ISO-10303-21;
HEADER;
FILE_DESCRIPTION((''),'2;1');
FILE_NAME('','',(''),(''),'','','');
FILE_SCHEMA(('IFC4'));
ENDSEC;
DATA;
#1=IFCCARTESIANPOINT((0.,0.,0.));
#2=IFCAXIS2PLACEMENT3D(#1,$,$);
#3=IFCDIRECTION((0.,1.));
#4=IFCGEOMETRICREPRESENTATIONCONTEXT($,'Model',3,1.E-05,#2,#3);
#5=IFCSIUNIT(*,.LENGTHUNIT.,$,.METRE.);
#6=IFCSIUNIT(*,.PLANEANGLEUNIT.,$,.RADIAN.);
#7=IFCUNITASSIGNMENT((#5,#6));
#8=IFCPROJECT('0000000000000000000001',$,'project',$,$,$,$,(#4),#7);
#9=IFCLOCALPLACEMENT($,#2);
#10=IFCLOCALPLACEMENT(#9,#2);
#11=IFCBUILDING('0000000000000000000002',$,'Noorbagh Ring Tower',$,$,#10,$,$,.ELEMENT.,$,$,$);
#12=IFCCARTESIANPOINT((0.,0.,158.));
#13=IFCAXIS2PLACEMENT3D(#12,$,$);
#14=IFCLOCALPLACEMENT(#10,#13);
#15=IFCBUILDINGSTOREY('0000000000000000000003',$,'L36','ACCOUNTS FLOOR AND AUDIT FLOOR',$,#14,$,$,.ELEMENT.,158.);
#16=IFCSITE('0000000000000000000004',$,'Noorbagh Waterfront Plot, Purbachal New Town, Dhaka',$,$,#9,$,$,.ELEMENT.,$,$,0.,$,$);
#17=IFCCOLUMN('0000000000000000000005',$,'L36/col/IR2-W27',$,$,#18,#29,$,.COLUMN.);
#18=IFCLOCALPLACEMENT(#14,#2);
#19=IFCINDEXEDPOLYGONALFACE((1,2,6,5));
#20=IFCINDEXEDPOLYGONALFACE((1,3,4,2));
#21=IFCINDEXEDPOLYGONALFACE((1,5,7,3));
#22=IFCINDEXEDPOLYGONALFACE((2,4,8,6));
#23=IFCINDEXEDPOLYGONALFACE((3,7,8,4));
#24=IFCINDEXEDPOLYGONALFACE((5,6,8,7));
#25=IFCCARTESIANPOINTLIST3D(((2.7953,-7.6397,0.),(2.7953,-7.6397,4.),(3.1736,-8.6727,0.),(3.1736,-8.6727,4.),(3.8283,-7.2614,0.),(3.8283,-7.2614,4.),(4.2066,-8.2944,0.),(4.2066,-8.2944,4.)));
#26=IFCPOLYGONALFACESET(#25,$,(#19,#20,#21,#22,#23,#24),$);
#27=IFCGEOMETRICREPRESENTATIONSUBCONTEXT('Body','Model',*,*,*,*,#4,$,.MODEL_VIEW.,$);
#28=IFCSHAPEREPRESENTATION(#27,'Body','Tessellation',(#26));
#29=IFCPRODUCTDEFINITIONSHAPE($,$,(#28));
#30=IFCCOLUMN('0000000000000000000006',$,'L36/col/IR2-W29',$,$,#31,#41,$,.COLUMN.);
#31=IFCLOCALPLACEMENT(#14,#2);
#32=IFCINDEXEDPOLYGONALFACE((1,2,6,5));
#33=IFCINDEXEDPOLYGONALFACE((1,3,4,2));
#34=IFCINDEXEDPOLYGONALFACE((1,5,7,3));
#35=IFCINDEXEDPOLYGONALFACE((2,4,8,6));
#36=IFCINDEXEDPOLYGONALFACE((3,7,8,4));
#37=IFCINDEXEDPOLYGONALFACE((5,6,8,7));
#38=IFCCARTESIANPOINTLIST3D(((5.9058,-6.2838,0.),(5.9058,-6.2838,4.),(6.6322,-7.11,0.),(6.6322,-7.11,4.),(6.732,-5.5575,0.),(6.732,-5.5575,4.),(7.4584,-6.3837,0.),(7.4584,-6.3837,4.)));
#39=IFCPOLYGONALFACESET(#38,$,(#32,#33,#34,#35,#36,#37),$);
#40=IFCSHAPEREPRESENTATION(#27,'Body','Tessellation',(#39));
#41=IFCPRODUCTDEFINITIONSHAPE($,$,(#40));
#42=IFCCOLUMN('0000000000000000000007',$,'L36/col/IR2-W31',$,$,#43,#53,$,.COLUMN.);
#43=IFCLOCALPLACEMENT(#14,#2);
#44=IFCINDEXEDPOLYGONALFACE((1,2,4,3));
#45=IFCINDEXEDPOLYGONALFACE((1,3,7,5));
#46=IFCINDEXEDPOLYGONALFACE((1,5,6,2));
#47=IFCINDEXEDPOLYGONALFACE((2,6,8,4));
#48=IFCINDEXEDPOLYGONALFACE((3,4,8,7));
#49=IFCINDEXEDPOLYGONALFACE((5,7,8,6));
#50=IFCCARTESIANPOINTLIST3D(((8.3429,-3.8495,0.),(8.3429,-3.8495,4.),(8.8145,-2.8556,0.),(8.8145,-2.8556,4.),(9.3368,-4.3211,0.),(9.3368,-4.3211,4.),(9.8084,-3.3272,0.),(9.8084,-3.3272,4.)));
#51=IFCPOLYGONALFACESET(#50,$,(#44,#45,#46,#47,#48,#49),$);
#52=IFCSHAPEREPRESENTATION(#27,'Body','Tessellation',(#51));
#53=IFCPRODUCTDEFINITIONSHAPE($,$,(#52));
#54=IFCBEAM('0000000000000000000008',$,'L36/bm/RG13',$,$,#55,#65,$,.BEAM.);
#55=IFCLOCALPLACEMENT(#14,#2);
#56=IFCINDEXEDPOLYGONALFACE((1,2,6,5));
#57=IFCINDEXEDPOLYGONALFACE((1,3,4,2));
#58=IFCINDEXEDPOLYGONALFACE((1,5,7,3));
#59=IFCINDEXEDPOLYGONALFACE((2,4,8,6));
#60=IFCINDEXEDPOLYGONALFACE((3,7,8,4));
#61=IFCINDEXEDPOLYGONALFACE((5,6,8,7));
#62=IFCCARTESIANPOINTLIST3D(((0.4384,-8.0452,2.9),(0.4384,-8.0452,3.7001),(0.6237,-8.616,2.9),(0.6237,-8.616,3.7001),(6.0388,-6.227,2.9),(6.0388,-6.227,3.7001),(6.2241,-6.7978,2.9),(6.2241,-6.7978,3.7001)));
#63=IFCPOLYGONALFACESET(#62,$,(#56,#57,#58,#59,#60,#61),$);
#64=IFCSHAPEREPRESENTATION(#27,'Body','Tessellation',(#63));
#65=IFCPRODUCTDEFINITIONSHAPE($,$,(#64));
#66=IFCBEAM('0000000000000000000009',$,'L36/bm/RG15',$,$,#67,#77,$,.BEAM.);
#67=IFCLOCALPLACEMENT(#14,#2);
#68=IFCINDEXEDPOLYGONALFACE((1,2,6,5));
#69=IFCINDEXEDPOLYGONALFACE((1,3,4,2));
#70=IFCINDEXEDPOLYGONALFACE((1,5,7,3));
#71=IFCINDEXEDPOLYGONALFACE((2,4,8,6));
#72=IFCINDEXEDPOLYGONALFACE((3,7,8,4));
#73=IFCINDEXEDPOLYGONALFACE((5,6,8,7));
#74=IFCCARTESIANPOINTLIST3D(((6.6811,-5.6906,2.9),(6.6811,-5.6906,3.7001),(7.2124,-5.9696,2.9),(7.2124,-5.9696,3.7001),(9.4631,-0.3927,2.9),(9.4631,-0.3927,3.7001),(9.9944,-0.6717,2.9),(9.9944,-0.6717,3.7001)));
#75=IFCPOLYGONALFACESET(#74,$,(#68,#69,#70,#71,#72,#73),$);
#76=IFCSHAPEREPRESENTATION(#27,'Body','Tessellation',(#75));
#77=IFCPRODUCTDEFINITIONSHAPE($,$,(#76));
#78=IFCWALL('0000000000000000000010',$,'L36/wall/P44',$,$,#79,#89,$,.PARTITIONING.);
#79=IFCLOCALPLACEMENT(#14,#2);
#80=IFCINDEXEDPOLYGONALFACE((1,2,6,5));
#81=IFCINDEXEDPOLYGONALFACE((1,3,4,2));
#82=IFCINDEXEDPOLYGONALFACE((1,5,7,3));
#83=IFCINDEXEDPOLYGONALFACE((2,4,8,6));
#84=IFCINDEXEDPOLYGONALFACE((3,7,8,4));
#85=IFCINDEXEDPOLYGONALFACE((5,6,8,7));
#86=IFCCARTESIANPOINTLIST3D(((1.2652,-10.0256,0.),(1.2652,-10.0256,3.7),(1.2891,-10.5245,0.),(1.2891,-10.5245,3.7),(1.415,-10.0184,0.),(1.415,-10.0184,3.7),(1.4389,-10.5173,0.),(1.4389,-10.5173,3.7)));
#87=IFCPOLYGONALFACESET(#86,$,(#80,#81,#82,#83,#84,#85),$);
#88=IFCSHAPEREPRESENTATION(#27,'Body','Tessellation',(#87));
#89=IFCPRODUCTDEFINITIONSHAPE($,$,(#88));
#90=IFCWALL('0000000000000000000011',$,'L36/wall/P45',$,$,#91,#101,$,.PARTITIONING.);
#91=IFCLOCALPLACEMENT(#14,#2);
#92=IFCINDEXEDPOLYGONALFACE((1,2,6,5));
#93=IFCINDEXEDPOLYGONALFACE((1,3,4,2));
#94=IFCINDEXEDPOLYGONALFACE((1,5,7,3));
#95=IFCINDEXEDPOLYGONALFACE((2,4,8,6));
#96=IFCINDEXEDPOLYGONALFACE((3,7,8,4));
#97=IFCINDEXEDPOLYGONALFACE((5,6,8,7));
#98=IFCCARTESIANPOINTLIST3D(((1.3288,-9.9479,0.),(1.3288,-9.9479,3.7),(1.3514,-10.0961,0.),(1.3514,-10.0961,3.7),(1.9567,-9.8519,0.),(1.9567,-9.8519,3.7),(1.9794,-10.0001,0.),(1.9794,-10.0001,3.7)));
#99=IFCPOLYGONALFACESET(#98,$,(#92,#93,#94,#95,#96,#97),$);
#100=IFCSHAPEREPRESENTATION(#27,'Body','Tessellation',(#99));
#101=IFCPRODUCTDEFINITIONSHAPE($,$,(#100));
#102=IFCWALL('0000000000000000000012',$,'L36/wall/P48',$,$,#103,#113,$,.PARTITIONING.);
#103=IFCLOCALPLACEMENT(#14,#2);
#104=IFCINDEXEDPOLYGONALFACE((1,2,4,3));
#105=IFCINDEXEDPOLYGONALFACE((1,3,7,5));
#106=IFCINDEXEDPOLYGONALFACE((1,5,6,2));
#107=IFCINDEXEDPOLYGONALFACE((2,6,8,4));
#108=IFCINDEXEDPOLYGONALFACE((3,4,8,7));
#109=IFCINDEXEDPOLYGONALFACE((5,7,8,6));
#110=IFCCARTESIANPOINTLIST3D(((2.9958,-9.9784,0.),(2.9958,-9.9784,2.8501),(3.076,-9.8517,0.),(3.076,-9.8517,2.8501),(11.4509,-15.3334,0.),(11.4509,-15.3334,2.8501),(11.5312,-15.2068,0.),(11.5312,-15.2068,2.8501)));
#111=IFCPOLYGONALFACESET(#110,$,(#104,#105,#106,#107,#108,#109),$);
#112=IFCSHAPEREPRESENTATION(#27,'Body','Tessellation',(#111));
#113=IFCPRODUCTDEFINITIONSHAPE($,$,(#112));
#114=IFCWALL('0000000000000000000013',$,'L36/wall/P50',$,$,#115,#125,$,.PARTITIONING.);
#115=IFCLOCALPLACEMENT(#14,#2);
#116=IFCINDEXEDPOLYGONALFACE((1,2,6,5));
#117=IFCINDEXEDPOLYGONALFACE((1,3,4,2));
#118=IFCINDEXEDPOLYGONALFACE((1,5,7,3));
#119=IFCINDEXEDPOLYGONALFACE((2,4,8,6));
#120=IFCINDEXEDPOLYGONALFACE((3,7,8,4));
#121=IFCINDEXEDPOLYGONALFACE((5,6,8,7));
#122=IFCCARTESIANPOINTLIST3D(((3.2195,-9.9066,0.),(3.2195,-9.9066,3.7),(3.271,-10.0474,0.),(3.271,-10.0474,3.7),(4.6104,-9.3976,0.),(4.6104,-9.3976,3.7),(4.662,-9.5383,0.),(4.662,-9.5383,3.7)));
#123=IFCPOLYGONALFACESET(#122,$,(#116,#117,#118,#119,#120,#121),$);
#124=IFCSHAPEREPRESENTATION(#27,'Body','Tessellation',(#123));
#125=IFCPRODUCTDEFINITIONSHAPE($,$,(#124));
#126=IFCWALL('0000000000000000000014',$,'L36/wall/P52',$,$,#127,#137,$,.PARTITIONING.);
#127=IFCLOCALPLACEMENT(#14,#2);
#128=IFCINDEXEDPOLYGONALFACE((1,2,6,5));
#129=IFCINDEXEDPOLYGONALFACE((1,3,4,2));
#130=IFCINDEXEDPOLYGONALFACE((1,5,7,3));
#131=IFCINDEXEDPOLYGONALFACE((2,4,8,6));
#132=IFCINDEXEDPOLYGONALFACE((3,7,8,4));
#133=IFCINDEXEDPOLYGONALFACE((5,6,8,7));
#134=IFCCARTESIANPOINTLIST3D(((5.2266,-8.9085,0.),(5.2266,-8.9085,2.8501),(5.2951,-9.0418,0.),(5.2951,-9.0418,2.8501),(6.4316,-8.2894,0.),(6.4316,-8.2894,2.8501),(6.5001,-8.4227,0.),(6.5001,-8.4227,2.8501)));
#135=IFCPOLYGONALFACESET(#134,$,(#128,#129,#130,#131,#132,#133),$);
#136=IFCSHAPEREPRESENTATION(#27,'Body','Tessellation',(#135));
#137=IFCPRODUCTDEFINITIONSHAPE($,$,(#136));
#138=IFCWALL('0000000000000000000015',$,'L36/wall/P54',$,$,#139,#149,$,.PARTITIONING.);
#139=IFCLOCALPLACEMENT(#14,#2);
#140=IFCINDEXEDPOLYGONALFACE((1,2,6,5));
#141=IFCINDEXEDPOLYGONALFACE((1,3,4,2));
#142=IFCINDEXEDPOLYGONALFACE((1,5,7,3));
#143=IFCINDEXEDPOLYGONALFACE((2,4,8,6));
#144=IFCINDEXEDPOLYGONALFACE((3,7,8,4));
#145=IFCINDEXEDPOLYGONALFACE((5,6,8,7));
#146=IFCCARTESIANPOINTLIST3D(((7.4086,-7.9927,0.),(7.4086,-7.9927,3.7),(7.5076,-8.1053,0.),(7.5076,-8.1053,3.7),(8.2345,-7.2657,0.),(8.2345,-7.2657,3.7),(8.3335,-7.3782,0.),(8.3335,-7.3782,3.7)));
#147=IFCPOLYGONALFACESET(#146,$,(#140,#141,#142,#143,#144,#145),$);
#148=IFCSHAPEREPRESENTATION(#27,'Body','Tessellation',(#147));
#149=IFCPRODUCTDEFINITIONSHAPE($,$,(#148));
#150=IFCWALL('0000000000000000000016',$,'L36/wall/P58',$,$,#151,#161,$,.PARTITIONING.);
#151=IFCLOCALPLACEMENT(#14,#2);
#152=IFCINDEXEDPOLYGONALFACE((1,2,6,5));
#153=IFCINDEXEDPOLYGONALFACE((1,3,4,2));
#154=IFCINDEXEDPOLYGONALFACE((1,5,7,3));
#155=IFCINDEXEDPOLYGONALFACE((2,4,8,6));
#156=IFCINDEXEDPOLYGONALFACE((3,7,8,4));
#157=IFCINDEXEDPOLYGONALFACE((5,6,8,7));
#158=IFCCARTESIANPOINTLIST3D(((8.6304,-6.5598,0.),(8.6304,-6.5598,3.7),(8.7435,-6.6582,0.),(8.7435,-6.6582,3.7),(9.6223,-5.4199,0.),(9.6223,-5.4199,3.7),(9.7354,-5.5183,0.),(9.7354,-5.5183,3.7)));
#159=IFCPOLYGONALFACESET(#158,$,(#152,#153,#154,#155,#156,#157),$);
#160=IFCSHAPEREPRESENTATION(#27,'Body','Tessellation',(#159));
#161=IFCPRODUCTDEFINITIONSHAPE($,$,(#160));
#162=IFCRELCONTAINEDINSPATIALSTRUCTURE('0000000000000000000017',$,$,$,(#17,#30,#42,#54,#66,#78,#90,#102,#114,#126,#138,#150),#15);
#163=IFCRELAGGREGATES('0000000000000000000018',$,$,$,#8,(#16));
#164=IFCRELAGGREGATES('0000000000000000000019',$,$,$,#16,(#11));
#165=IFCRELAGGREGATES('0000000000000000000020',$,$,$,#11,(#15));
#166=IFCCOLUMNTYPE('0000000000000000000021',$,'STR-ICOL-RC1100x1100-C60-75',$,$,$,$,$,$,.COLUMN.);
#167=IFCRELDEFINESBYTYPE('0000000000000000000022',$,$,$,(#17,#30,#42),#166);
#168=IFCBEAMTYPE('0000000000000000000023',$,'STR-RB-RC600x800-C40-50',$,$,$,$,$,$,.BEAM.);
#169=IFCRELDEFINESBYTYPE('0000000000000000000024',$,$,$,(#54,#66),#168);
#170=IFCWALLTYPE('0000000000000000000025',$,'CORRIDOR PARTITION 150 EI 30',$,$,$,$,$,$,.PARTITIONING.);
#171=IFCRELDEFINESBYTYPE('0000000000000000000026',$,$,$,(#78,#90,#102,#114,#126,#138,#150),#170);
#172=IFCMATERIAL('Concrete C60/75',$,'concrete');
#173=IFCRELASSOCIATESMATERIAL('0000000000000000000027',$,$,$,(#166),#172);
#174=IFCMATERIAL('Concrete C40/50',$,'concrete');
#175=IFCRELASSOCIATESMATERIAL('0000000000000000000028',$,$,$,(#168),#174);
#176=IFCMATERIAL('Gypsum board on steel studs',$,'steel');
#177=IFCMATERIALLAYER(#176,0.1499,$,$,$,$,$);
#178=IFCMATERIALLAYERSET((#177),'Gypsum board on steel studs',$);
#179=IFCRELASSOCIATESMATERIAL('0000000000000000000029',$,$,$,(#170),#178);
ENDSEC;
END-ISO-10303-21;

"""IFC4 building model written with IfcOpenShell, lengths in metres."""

from ifc_helpers import new_model, si_unit, direction, frame, frame_2d, origin, origin_2d, place, context, subcontext, project, spatial, rectangle, extrude, material, layer, layer_set, material_profile, profile_set, type_object, element, save


model = new_model("IFC4")

# Units and contexts
model_context = context("Model", 3, precision=1e-05, world=origin(), true_north=direction((0.0, 1.0)))
body_context = subcontext(model_context, "Body", "Model", "MODEL_VIEW")
ifc_project = project(units=[si_unit("LENGTHUNIT", "METRE"), si_unit("PLANEANGLEUNIT", "RADIAN")], contexts=[model_context])

# Site, building, storey
site_placement = place(None, origin())
site = spatial("IfcSite", under=ifc_project, at=site_placement, Name="Noorbagh Waterfront Plot, Purbachal New Town, Dhaka", CompositionType="ELEMENT", RefElevation=0.0)
building_placement = place(site_placement, origin())
building = spatial("IfcBuilding", under=site, at=building_placement, Name="Noorbagh Ring Tower", CompositionType="ELEMENT")
storey_placement = place(building_placement, frame((0.0, 0.0, 158.0)))
storey = spatial("IfcBuildingStorey", under=building, at=storey_placement, Name="L36", Description="ACCOUNTS FLOOR AND AUDIT FLOOR", CompositionType="ELEMENT", Elevation=158.0)

# Columns
ifc_material_1 = material(Name="Concrete C60/75", Category="concrete")
ifc_material_profile_1 = material_profile(ifc_material_1, rectangle(XDim=1.1001, YDim=1.1001, at=origin_2d()), Name="RC1100x1100")
ifc_profile_set_1 = profile_set([ifc_material_profile_1], Name="Concrete C60/75")
column_type = type_object("IfcColumnType", Name="STR-ICOL-RC1100x1100-C60-75", PredefinedType="COLUMN", material=ifc_profile_set_1)
for number, where, z_axis, x_axis, name in (
    (1, (3.501, -7.967, 0.0), (0.0, 0.0, 1.0), (0.93902, 0.343864, 0.0), "L36/col/IR2-W27"),
    (2, (6.6821, -6.3337, 0.0), (0.0, 0.0, 1.0), (0.751022, 0.660277, 0.0), "L36/col/IR2-W29"),
    (3, (9.0757, -3.5884, 0.0), (0.0, 0.0, 1.0), (0.428667, 0.903463, 0.0), "L36/col/IR2-W31"),
):
    element("IfcColumn", number, at=place(storey_placement, frame(where, z_axis=z_axis, x_axis=x_axis)), inside=storey, type_object=column_type, Name=name, PredefinedType="COLUMN", context=body_context, shape_type="SweptSolid", body=[
        extrude(rectangle(XDim=1.1001, YDim=1.1001, at=origin_2d()), origin(), (0.0, 0.0, 1.0), 4.0),
    ])

# Beams
ifc_material_2 = material(Name="Concrete C40/50", Category="concrete")
ifc_material_profile_2 = material_profile(ifc_material_2, rectangle(XDim=0.6001, YDim=0.8, at=origin_2d()), Name="RC600x800")
ifc_profile_set_2 = profile_set([ifc_material_profile_2], Name="Concrete C40/50")
beam_type = type_object("IfcBeamType", Name="STR-RB-RC600x800-C40-50", PredefinedType="BEAM", material=ifc_profile_set_2)
beam_1_placement = place(storey_placement, frame((0.531, -8.3306, 3.3), z_axis=(0.951134, 0.308779, 0.0), x_axis=(-0.308779, 0.951134, 0.0)))
element("IfcBeam", 4, at=beam_1_placement, inside=storey, type_object=beam_type, Name="L36/bm/RG13", PredefinedType="BEAM", context=body_context, shape_type="SweptSolid", body=[
    extrude(rectangle(XDim=0.6001, YDim=0.8, at=origin_2d()), origin(), (0.0, 0.0, 1.0), 5.8882),
])
beam_2_placement = place(storey_placement, frame((6.9468, -5.8301, 3.3), z_axis=(0.464914, 0.885356, 0.0), x_axis=(-0.885356, 0.464914, 0.0)))
element("IfcBeam", 5, at=beam_2_placement, inside=storey, type_object=beam_type, Name="L36/bm/RG15", PredefinedType="BEAM", context=body_context, shape_type="SweptSolid", body=[
    extrude(rectangle(XDim=0.6001, YDim=0.8, at=origin_2d()), origin(), (0.0, 0.0, 1.0), 5.9839),
])

# Walls
ifc_material_3 = material(Name="Gypsum board on steel studs", Category="steel")
ifc_layer_1 = layer(ifc_material_3, 0.1499)
ifc_layer_set_1 = layer_set([ifc_layer_1], Name="Gypsum board on steel studs")
wall_type_1 = type_object("IfcWallType", Name="CORRIDOR PARTITION 150 EI 30", PredefinedType="PARTITIONING", material=ifc_layer_set_1)
wall_1_placement = place(storey_placement, frame((1.3401, -10.022, 0.0), z_axis=(0.0, 0.0, 1.0), x_axis=(0.04789, -0.998853, 0.0)))
element("IfcWall", 6, at=wall_1_placement, inside=storey, type_object=wall_type_1, Name="L36/wall/P44", PredefinedType="PARTITIONING", context=body_context, shape_type="SweptSolid", body=[
    extrude(rectangle(XDim=0.4995, YDim=0.1499, at=frame_2d((0.2498, 0.0))), origin(), (0.0, 0.0, 1.0), 3.7),
])
wall_2_placement = place(storey_placement, frame((1.3401, -10.022, 0.0), z_axis=(0.0, 0.0, 1.0), x_axis=(0.988527, 0.151046, 0.0)))
element("IfcWall", 7, at=wall_2_placement, inside=storey, type_object=wall_type_1, Name="L36/wall/P45", PredefinedType="PARTITIONING", context=body_context, shape_type="SweptSolid", body=[
    extrude(rectangle(XDim=0.6353, YDim=0.1499, at=frame_2d((0.3176, 0.0))), origin(), (0.0, 0.0, 1.0), 3.7),
])
wall_3_placement = place(storey_placement, frame((3.0359, -9.915, 0.0), z_axis=(0.0, 0.0, 1.0), x_axis=(0.844815, -0.535059, 0.0)))
element("IfcWall", 8, at=wall_3_placement, inside=storey, type_object=wall_type_1, Name="L36/wall/P48", PredefinedType="PARTITIONING", context=body_context, shape_type="SweptSolid", body=[
    extrude(rectangle(XDim=10.0083, YDim=0.1499, at=frame_2d((5.0042, 0.0))), origin(), (0.0, 0.0, 1.0), 2.8501),
])
wall_4_placement = place(storey_placement, frame((3.2451, -9.9771, 0.0), z_axis=(0.0, 0.0, 1.0), x_axis=(0.939084, 0.343688, 0.0)))
element("IfcWall", 9, at=wall_4_placement, inside=storey, type_object=wall_type_1, Name="L36/wall/P50", PredefinedType="PARTITIONING", context=body_context, shape_type="SweptSolid", body=[
    extrude(rectangle(XDim=1.4812, YDim=0.1499, at=frame_2d((0.7407, 0.0))), origin(), (0.0, 0.0, 1.0), 3.7),
])
wall_5_placement = place(storey_placement, frame((5.261, -8.9751, 0.0), z_axis=(0.0, 0.0, 1.0), x_axis=(0.889472, 0.45699, 0.0)))
element("IfcWall", 10, at=wall_5_placement, inside=storey, type_object=wall_type_1, Name="L36/wall/P52", PredefinedType="PARTITIONING", context=body_context, shape_type="SweptSolid", body=[
    extrude(rectangle(XDim=1.3547, YDim=0.1499, at=frame_2d((0.6772, 0.0))), origin(), (0.0, 0.0, 1.0), 2.8501),
])
wall_6_placement = place(storey_placement, frame((7.458, -8.0491, 0.0), z_axis=(0.0, 0.0, 1.0), x_axis=(0.750608, 0.660748, 0.0)))
element("IfcWall", 11, at=wall_6_placement, inside=storey, type_object=wall_type_1, Name="L36/wall/P54", PredefinedType="PARTITIONING", context=body_context, shape_type="SweptSolid", body=[
    extrude(rectangle(XDim=1.1003, YDim=0.1499, at=frame_2d((0.5503, 0.0))), origin(), (0.0, 0.0, 1.0), 3.7),
])
wall_7_placement = place(storey_placement, frame((8.687, -6.6089, 0.0), z_axis=(0.0, 0.0, 1.0), x_axis=(0.656455, 0.754365, 0.0)))
element("IfcWall", 12, at=wall_7_placement, inside=storey, type_object=wall_type_1, Name="L36/wall/P58", PredefinedType="PARTITIONING", context=body_context, shape_type="SweptSolid", body=[
    extrude(rectangle(XDim=1.511, YDim=0.1499, at=frame_2d((0.7554, 0.0))), origin(), (0.0, 0.0, 1.0), 3.7),
])

save(model, "model.ifc")
